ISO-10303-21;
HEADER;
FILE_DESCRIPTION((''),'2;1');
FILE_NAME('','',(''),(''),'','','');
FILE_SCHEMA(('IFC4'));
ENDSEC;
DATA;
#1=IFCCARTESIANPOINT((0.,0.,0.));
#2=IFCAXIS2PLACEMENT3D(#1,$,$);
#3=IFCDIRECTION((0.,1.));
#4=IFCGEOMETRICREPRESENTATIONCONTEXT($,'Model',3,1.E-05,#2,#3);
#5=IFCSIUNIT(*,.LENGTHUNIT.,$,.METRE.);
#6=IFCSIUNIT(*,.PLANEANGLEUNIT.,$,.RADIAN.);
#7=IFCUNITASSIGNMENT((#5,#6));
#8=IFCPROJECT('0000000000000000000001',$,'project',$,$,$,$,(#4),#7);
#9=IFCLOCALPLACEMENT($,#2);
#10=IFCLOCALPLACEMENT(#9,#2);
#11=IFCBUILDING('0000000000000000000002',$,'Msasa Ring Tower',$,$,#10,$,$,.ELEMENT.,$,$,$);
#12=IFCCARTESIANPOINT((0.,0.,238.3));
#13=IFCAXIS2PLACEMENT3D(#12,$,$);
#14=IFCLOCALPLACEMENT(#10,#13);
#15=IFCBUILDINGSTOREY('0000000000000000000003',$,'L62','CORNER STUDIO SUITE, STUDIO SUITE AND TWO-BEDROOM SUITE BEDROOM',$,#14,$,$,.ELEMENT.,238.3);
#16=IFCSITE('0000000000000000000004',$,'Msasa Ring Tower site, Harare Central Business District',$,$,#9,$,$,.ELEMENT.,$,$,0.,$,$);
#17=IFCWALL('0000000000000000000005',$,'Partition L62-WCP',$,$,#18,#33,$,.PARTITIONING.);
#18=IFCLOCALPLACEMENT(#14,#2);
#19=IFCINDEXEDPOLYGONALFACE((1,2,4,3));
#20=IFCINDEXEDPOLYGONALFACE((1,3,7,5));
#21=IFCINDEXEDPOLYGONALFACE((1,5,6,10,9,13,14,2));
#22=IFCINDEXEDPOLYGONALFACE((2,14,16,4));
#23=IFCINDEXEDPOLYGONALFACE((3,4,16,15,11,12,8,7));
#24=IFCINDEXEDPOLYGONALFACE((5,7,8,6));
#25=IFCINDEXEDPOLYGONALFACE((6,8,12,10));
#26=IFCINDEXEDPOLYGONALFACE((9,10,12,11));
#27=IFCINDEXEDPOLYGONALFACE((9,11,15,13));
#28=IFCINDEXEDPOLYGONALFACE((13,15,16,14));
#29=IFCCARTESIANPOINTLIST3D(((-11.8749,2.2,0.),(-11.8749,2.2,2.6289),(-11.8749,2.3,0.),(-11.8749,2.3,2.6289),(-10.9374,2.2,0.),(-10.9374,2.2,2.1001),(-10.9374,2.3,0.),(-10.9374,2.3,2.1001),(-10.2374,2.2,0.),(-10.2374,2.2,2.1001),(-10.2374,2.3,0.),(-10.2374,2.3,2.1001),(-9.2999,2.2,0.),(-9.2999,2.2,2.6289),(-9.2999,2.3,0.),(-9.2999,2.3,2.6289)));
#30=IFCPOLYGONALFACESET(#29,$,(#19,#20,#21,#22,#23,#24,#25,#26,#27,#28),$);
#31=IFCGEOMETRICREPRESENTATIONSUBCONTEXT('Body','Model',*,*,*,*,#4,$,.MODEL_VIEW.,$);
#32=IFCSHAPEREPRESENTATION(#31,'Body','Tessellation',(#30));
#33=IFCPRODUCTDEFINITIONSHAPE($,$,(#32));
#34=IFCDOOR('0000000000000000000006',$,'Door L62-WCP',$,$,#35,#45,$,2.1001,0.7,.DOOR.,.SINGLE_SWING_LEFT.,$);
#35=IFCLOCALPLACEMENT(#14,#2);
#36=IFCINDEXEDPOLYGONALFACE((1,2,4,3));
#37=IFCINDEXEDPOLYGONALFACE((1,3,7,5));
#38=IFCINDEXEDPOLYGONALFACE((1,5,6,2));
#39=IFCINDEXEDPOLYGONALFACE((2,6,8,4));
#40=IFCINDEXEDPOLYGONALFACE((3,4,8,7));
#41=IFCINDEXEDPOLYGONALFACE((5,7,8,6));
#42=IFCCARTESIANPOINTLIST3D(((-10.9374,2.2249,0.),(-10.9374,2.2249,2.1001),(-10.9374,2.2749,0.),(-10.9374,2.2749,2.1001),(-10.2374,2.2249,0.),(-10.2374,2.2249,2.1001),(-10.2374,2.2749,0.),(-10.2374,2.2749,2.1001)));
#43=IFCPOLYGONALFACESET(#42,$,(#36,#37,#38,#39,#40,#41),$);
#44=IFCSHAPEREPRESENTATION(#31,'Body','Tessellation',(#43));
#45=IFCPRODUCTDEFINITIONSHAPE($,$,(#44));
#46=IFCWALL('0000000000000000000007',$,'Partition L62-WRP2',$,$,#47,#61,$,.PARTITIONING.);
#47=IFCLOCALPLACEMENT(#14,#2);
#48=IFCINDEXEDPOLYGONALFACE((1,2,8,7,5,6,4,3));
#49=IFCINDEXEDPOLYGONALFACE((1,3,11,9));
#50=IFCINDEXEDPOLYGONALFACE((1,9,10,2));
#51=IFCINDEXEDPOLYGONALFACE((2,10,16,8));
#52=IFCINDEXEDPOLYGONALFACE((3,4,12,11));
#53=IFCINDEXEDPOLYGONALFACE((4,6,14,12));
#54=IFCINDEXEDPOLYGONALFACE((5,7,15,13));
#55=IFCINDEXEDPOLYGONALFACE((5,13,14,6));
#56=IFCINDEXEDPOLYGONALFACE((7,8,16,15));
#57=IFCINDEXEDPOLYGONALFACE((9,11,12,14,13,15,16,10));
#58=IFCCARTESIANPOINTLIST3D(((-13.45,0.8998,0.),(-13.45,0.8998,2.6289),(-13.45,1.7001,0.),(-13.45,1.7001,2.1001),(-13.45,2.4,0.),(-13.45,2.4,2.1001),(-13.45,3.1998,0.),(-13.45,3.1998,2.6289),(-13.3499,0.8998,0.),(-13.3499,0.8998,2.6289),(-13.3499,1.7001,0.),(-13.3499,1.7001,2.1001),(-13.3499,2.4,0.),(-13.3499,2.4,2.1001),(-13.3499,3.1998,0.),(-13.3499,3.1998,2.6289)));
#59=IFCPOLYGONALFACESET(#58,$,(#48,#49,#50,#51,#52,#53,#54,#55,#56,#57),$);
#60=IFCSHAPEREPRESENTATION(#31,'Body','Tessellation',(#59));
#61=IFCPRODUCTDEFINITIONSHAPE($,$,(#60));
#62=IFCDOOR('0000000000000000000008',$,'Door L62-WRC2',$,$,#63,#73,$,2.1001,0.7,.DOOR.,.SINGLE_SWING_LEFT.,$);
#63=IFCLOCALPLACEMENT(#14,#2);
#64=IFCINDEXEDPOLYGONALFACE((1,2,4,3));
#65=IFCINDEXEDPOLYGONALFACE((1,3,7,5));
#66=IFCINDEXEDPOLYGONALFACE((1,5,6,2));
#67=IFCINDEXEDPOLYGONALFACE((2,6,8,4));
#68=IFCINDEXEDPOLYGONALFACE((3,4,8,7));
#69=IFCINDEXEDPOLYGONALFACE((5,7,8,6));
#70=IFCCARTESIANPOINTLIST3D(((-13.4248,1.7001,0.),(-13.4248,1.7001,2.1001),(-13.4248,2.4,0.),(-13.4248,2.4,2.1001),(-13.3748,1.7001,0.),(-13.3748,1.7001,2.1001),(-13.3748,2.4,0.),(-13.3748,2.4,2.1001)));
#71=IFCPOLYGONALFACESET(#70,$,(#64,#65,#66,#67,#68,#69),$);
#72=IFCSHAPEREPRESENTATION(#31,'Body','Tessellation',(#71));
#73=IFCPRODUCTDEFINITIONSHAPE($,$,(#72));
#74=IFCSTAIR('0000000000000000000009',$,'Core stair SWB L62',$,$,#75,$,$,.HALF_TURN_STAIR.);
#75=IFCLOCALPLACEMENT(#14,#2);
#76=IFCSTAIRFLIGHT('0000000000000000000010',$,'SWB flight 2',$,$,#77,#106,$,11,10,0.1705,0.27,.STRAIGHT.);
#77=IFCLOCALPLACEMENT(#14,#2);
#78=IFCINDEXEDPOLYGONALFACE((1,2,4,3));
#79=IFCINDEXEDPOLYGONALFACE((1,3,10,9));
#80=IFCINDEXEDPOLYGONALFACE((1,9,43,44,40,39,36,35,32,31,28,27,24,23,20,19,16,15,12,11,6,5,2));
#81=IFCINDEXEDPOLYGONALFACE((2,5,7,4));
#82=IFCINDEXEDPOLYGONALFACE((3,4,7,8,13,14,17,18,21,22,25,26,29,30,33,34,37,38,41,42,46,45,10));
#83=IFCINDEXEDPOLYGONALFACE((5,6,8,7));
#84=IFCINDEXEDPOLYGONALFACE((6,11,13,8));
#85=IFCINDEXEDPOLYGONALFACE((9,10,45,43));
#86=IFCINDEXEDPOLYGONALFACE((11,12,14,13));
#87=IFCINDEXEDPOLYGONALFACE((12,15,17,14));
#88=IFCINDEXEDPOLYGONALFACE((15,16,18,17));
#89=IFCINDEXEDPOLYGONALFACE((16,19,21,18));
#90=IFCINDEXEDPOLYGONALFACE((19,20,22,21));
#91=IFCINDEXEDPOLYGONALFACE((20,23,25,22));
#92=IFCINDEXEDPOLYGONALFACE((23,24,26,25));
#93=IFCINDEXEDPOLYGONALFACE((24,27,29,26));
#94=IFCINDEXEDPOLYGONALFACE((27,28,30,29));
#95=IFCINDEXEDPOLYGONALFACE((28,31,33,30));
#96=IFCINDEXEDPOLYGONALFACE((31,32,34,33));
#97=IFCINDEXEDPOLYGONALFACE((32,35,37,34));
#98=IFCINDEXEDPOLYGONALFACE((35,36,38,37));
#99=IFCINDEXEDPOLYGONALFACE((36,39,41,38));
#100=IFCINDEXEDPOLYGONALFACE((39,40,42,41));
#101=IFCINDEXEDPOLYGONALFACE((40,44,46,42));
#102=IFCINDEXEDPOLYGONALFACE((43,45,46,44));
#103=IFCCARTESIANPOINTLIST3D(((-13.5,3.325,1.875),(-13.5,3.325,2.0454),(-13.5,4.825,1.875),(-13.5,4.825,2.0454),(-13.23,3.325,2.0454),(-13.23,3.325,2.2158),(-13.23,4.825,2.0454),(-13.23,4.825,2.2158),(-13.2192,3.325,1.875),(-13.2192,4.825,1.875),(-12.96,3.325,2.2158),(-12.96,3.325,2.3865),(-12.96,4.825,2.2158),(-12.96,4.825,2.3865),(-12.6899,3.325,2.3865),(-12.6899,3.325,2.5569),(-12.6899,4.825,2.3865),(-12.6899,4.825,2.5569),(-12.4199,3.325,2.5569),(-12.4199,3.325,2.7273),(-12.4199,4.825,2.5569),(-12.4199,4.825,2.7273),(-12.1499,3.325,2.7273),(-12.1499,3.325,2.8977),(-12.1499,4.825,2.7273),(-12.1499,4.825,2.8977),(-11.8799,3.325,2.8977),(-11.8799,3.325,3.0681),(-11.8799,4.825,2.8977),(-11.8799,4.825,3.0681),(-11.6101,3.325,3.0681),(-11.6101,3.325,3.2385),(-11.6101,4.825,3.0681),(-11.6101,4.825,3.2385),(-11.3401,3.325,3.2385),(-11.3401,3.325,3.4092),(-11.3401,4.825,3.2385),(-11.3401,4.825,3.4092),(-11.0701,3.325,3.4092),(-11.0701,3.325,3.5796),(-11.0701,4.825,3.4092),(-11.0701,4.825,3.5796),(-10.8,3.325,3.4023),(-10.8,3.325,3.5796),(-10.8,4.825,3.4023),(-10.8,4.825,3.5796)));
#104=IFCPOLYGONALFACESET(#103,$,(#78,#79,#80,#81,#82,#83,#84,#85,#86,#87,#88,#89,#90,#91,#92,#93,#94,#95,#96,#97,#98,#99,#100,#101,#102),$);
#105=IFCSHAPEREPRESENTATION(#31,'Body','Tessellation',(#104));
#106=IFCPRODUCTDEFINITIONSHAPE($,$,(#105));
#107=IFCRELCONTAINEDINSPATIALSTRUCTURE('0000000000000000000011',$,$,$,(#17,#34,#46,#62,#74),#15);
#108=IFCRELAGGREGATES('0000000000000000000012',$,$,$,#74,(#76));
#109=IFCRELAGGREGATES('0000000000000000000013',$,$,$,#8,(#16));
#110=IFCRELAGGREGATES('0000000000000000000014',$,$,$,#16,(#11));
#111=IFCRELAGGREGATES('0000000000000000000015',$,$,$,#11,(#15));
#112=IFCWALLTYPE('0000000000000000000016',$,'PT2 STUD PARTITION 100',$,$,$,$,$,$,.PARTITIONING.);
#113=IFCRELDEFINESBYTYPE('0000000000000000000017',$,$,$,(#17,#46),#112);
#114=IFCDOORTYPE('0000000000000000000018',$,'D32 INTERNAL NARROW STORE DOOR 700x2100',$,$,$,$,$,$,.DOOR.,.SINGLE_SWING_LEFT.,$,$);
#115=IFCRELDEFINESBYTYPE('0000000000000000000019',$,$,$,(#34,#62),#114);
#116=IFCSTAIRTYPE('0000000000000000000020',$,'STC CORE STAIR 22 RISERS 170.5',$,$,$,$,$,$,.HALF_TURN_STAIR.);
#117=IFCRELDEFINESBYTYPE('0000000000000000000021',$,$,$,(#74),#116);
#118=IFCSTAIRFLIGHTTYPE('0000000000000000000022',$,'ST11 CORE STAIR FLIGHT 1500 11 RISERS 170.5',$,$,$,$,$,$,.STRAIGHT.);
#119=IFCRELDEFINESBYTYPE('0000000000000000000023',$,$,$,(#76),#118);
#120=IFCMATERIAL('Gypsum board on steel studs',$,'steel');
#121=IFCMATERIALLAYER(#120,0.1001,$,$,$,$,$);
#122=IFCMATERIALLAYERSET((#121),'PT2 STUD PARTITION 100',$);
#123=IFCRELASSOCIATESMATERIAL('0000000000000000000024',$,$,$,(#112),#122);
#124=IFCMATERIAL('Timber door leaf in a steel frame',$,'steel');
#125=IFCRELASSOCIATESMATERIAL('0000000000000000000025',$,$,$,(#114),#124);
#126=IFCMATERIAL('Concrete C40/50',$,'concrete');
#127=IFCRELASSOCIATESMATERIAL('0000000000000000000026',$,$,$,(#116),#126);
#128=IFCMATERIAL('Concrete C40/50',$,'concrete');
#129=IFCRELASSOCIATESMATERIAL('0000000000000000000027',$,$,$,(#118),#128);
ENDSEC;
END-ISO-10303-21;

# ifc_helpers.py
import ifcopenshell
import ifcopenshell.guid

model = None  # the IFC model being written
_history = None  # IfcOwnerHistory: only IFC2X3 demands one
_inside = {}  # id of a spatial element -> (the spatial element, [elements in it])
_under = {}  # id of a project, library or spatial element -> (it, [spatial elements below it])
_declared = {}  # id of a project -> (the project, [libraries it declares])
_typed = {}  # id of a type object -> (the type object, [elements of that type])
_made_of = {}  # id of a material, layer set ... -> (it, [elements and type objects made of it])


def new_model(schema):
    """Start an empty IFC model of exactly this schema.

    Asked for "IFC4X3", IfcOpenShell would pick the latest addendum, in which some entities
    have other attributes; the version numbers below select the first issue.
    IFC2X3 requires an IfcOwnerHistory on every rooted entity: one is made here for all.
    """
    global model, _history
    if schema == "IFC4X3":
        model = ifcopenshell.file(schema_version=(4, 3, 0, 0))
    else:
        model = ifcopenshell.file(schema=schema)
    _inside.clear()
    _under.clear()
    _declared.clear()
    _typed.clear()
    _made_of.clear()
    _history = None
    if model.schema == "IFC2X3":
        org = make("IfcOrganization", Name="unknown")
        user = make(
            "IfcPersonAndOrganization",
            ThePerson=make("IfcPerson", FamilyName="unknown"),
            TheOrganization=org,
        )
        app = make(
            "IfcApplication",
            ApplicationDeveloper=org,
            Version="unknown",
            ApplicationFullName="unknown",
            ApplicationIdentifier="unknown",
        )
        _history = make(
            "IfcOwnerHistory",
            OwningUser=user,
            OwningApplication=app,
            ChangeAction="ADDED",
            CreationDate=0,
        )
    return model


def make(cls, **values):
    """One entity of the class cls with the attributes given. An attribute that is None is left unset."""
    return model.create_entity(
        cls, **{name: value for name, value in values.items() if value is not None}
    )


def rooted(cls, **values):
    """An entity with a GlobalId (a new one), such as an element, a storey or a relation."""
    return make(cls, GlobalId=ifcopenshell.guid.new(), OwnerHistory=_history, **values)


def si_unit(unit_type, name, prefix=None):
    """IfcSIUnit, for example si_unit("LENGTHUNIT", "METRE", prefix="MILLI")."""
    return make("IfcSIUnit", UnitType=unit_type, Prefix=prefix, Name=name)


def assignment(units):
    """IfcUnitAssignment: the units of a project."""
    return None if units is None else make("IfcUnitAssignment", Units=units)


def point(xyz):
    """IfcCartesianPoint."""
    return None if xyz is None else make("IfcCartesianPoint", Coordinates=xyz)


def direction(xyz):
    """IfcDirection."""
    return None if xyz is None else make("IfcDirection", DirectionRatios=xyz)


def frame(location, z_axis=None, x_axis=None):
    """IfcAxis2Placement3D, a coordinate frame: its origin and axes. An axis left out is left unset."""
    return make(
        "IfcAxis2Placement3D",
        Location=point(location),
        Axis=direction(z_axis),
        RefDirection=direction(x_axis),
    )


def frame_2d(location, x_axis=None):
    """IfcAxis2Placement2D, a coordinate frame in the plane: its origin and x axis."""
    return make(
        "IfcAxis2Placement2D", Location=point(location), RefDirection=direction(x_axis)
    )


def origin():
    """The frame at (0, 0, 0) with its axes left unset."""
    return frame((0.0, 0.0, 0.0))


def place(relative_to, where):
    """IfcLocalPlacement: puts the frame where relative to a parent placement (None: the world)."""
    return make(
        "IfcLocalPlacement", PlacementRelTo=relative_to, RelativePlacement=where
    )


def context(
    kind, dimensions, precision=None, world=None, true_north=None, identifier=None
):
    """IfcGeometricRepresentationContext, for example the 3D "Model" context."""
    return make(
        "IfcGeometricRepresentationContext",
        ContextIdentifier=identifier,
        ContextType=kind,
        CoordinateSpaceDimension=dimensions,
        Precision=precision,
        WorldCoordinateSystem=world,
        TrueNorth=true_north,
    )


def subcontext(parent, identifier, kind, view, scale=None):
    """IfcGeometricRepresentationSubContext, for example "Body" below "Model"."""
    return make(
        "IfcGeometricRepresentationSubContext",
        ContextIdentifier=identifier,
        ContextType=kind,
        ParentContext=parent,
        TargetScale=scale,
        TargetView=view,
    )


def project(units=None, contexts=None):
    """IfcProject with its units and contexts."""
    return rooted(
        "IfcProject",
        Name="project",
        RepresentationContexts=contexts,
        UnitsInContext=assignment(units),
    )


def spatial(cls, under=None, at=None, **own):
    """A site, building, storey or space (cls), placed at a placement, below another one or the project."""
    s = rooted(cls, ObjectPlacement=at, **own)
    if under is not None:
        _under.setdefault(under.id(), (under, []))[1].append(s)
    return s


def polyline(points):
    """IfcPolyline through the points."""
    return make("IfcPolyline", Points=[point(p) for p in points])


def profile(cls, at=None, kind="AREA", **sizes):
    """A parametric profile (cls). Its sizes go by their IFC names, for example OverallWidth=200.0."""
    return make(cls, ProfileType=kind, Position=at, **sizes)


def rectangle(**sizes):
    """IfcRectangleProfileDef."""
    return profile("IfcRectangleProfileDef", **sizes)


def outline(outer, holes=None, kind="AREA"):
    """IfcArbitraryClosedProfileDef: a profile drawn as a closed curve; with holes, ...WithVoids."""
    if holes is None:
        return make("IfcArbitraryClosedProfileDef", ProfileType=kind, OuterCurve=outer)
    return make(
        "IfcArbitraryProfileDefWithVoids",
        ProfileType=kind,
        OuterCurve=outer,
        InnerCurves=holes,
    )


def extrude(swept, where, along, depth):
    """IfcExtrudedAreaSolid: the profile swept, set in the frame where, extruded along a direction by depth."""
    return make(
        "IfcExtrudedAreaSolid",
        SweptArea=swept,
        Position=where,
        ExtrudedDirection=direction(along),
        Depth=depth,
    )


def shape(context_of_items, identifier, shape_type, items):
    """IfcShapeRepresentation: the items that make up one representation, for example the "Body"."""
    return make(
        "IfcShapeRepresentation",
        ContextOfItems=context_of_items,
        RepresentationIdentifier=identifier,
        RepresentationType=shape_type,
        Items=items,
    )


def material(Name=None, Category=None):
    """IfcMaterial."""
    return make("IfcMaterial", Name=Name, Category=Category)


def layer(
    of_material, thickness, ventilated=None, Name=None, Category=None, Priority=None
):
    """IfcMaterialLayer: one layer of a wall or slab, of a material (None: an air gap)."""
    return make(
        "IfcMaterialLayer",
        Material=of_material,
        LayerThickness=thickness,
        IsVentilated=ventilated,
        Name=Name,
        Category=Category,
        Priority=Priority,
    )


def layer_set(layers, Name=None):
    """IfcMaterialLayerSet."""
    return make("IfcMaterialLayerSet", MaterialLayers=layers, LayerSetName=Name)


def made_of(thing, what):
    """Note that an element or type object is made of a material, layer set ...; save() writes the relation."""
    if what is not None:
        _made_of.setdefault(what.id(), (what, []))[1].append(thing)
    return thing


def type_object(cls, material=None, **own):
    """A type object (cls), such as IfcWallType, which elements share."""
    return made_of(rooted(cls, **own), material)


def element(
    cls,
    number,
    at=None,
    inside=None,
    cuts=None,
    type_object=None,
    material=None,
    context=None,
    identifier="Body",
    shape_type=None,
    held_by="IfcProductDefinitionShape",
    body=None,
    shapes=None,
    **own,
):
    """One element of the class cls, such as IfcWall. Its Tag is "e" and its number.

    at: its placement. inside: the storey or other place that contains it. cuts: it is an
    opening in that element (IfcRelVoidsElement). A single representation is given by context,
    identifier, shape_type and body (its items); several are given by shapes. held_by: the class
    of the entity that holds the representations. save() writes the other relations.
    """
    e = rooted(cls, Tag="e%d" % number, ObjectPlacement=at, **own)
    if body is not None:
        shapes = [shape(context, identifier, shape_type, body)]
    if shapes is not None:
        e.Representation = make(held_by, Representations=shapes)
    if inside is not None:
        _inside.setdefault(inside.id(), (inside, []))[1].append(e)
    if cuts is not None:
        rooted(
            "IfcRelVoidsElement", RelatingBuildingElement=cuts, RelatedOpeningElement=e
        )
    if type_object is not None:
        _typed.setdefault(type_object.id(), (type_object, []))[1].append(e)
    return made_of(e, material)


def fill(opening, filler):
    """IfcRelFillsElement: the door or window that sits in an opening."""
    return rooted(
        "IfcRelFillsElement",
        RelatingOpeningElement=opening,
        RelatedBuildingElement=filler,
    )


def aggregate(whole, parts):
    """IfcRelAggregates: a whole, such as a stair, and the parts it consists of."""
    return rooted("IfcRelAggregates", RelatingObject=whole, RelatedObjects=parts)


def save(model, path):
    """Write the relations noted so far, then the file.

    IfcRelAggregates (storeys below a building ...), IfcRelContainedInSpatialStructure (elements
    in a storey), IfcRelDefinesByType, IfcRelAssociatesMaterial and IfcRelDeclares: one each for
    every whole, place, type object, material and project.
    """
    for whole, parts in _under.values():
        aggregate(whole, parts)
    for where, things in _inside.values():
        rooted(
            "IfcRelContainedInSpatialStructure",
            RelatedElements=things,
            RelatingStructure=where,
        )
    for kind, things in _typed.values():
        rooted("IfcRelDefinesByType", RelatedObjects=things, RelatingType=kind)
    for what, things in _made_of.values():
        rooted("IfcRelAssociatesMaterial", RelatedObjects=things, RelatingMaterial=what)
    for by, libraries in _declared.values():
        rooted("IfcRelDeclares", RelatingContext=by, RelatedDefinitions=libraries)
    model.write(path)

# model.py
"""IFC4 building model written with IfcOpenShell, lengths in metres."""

from ifc_helpers import new_model, si_unit, direction, frame, frame_2d, origin, place, context, subcontext, project, spatial, polyline, rectangle, outline, extrude, material, layer, layer_set, type_object, element, fill, aggregate, save


model = new_model("IFC4")

# Units and contexts
model_context = context("Model", 3, precision=1e-05, world=origin(), true_north=direction((0.0, 1.0)))
body_context = subcontext(model_context, "Body", "Model", "MODEL_VIEW")
ifc_project = project(units=[si_unit("LENGTHUNIT", "METRE"), si_unit("PLANEANGLEUNIT", "RADIAN")], contexts=[model_context])

# Site, building, storey
site_placement = place(None, origin())
site = spatial("IfcSite", under=ifc_project, at=site_placement, Name="Msasa Ring Tower site, Harare Central Business District", CompositionType="ELEMENT", RefElevation=0.0)
building_placement = place(site_placement, origin())
building = spatial("IfcBuilding", under=site, at=building_placement, Name="Msasa Ring Tower", CompositionType="ELEMENT")
storey_placement = place(building_placement, frame((0.0, 0.0, 238.3)))
storey = spatial("IfcBuildingStorey", under=building, at=storey_placement, Name="L62", Description="CORNER STUDIO SUITE, STUDIO SUITE AND TWO-BEDROOM SUITE BEDROOM", CompositionType="ELEMENT", Elevation=238.3)

# Walls, openings, doors
ifc_material_1 = material(Name="Gypsum board on steel studs", Category="steel")
ifc_layer_1 = layer(ifc_material_1, 0.1001)
ifc_layer_set_1 = layer_set([ifc_layer_1], Name="PT2 STUD PARTITION 100")
wall_type_1 = type_object("IfcWallType", Name="PT2 STUD PARTITION 100", PredefinedType="PARTITIONING", material=ifc_layer_set_1)
wall_1_placement = place(storey_placement, frame((-11.875, 2.25, 0.0), z_axis=(0.0, 0.0, 1.0), x_axis=(1.0, 0.0, 0.0)))
wall_1 = element("IfcWall", 1, at=wall_1_placement, inside=storey, type_object=wall_type_1, Name="Partition L62-WCP", PredefinedType="PARTITIONING", context=body_context, shape_type="SweptSolid", body=[
    extrude(rectangle(XDim=2.575, YDim=0.1001, at=frame_2d((1.2876, 0.0))), origin(), (0.0, 0.0, 1.0), 2.6289),
])
opening_1_placement = place(wall_1_placement, frame((0.9375, 0.0, 0.0)))
opening_1 = element("IfcOpeningElement", 2, at=opening_1_placement, cuts=wall_1, PredefinedType="OPENING", context=body_context, shape_type="SweptSolid", body=[
    extrude(rectangle(XDim=0.7, YDim=2.1001, at=frame_2d((0.3501, 1.05))), frame((0.0, 0.0601, 0.0), z_axis=(0.0, -1.0, 0.0), x_axis=(1.0, 0.0, 0.0)), (0.0, 0.0, 1.0), 0.1201),
])
ifc_material_2 = material(Name="Timber door leaf in a steel frame", Category="steel")
door_type = type_object("IfcDoorType", Name="D32 INTERNAL NARROW STORE DOOR 700x2100", OperationType="SINGLE_SWING_LEFT", PredefinedType="DOOR", material=ifc_material_2)
door_1_placement = place(opening_1_placement, origin())
door_1 = element("IfcDoor", 3, at=door_1_placement, inside=storey, type_object=door_type, Name="Door L62-WCP", OperationType="SINGLE_SWING_LEFT", OverallHeight=2.1001, OverallWidth=0.7, PredefinedType="DOOR", context=body_context, shape_type="SweptSolid", body=[
    extrude(rectangle(XDim=0.7, YDim=2.1001, at=frame_2d((0.3501, 1.05))), frame((0.0, 0.0249, 0.0), z_axis=(0.0, -1.0, 0.0), x_axis=(1.0, 0.0, 0.0)), (0.0, 0.0, 1.0), 0.05),
])
fill(opening_1, door_1)
wall_2_placement = place(storey_placement, frame((-13.3999, 0.8999, 0.0), z_axis=(0.0, 0.0, 1.0), x_axis=(0.0, 1.0, 0.0)))
wall_2 = element("IfcWall", 4, at=wall_2_placement, inside=storey, type_object=wall_type_1, Name="Partition L62-WRP2", PredefinedType="PARTITIONING", context=body_context, shape_type="SweptSolid", body=[
    extrude(rectangle(XDim=2.3, YDim=0.1001, at=frame_2d((1.1499, 0.0))), origin(), (0.0, 0.0, 1.0), 2.6289),
])
opening_2_placement = place(wall_2_placement, frame((0.8, 0.0, 0.0)))
opening_2 = element("IfcOpeningElement", 5, at=opening_2_placement, cuts=wall_2, PredefinedType="OPENING", context=body_context, shape_type="SweptSolid", body=[
    extrude(rectangle(XDim=0.7, YDim=2.1001, at=frame_2d((0.3501, 1.05))), frame((0.0, 0.0601, 0.0), z_axis=(0.0, -1.0, 0.0), x_axis=(1.0, 0.0, 0.0)), (0.0, 0.0, 1.0), 0.1201),
])
door_2_placement = place(opening_2_placement, origin())
door_2 = element("IfcDoor", 6, at=door_2_placement, inside=storey, type_object=door_type, Name="Door L62-WRC2", OperationType="SINGLE_SWING_LEFT", OverallHeight=2.1001, OverallWidth=0.7, PredefinedType="DOOR", context=body_context, shape_type="SweptSolid", body=[
    extrude(rectangle(XDim=0.7, YDim=2.1001, at=frame_2d((0.3501, 1.05))), frame((0.0, 0.0249, 0.0), z_axis=(0.0, -1.0, 0.0), x_axis=(1.0, 0.0, 0.0)), (0.0, 0.0, 1.0), 0.05),
])
fill(opening_2, door_2)

# Stair, stair flight
ifc_material_3 = material(Name="Concrete C40/50", Category="concrete")
stair_type = type_object("IfcStairType", Name="STC CORE STAIR 22 RISERS 170.5", PredefinedType="HALF_TURN_STAIR", material=ifc_material_3)
stair_placement = place(storey_placement, origin())
stair = element("IfcStair", 7, at=stair_placement, inside=storey, type_object=stair_type, Name="Core stair SWB L62", PredefinedType="HALF_TURN_STAIR")
ifc_material_4 = material(Name="Concrete C40/50", Category="concrete")
stair_flight_type = type_object("IfcStairFlightType", Name="ST11 CORE STAIR FLIGHT 1500 11 RISERS 170.5", PredefinedType="STRAIGHT", material=ifc_material_4)
stair_flight_placement = place(storey_placement, frame((-13.5, 4.075, 1.875), z_axis=(0.0, 0.0, 1.0), x_axis=(1.0, 0.0, 0.0)))
stair_flight = element("IfcStairFlight", 8, at=stair_flight_placement, type_object=stair_flight_type, Name="SWB flight 2", NumberOfRisers=11, NumberOfTreads=10, PredefinedType="STRAIGHT", RiserHeight=0.1705, TreadLength=0.27, context=body_context, shape_type="SweptSolid", body=[
    extrude(outline(polyline([(0.0, 0.0), (0.0, 0.1704), (0.27, 0.1704), (0.27, 0.3408), (0.54, 0.3408), (0.54, 0.5115), (0.8101, 0.5115), (0.8101, 0.6819), (1.0801, 0.6819), (1.0801, 0.8523), (1.3501, 0.8523), (1.3501, 1.0227), (1.6201, 1.0227), (1.6201, 1.1931), (1.8899, 1.1931), (1.8899, 1.3635), (2.1599, 1.3635), (2.1599, 1.5342), (2.4299, 1.5342), (2.4299, 1.7046), (2.7, 1.7046), (2.7, 1.875), (2.7, 1.5273), (0.2808, 0.0), (0.0, 0.0)])), frame((0.0, 0.75, 0.0), z_axis=(0.0, -1.0, 0.0), x_axis=(1.0, 0.0, 0.0)), (0.0, 0.0, 1.0), 1.5),
])
aggregate(stair, [stair_flight])

save(model, "model.ifc")
